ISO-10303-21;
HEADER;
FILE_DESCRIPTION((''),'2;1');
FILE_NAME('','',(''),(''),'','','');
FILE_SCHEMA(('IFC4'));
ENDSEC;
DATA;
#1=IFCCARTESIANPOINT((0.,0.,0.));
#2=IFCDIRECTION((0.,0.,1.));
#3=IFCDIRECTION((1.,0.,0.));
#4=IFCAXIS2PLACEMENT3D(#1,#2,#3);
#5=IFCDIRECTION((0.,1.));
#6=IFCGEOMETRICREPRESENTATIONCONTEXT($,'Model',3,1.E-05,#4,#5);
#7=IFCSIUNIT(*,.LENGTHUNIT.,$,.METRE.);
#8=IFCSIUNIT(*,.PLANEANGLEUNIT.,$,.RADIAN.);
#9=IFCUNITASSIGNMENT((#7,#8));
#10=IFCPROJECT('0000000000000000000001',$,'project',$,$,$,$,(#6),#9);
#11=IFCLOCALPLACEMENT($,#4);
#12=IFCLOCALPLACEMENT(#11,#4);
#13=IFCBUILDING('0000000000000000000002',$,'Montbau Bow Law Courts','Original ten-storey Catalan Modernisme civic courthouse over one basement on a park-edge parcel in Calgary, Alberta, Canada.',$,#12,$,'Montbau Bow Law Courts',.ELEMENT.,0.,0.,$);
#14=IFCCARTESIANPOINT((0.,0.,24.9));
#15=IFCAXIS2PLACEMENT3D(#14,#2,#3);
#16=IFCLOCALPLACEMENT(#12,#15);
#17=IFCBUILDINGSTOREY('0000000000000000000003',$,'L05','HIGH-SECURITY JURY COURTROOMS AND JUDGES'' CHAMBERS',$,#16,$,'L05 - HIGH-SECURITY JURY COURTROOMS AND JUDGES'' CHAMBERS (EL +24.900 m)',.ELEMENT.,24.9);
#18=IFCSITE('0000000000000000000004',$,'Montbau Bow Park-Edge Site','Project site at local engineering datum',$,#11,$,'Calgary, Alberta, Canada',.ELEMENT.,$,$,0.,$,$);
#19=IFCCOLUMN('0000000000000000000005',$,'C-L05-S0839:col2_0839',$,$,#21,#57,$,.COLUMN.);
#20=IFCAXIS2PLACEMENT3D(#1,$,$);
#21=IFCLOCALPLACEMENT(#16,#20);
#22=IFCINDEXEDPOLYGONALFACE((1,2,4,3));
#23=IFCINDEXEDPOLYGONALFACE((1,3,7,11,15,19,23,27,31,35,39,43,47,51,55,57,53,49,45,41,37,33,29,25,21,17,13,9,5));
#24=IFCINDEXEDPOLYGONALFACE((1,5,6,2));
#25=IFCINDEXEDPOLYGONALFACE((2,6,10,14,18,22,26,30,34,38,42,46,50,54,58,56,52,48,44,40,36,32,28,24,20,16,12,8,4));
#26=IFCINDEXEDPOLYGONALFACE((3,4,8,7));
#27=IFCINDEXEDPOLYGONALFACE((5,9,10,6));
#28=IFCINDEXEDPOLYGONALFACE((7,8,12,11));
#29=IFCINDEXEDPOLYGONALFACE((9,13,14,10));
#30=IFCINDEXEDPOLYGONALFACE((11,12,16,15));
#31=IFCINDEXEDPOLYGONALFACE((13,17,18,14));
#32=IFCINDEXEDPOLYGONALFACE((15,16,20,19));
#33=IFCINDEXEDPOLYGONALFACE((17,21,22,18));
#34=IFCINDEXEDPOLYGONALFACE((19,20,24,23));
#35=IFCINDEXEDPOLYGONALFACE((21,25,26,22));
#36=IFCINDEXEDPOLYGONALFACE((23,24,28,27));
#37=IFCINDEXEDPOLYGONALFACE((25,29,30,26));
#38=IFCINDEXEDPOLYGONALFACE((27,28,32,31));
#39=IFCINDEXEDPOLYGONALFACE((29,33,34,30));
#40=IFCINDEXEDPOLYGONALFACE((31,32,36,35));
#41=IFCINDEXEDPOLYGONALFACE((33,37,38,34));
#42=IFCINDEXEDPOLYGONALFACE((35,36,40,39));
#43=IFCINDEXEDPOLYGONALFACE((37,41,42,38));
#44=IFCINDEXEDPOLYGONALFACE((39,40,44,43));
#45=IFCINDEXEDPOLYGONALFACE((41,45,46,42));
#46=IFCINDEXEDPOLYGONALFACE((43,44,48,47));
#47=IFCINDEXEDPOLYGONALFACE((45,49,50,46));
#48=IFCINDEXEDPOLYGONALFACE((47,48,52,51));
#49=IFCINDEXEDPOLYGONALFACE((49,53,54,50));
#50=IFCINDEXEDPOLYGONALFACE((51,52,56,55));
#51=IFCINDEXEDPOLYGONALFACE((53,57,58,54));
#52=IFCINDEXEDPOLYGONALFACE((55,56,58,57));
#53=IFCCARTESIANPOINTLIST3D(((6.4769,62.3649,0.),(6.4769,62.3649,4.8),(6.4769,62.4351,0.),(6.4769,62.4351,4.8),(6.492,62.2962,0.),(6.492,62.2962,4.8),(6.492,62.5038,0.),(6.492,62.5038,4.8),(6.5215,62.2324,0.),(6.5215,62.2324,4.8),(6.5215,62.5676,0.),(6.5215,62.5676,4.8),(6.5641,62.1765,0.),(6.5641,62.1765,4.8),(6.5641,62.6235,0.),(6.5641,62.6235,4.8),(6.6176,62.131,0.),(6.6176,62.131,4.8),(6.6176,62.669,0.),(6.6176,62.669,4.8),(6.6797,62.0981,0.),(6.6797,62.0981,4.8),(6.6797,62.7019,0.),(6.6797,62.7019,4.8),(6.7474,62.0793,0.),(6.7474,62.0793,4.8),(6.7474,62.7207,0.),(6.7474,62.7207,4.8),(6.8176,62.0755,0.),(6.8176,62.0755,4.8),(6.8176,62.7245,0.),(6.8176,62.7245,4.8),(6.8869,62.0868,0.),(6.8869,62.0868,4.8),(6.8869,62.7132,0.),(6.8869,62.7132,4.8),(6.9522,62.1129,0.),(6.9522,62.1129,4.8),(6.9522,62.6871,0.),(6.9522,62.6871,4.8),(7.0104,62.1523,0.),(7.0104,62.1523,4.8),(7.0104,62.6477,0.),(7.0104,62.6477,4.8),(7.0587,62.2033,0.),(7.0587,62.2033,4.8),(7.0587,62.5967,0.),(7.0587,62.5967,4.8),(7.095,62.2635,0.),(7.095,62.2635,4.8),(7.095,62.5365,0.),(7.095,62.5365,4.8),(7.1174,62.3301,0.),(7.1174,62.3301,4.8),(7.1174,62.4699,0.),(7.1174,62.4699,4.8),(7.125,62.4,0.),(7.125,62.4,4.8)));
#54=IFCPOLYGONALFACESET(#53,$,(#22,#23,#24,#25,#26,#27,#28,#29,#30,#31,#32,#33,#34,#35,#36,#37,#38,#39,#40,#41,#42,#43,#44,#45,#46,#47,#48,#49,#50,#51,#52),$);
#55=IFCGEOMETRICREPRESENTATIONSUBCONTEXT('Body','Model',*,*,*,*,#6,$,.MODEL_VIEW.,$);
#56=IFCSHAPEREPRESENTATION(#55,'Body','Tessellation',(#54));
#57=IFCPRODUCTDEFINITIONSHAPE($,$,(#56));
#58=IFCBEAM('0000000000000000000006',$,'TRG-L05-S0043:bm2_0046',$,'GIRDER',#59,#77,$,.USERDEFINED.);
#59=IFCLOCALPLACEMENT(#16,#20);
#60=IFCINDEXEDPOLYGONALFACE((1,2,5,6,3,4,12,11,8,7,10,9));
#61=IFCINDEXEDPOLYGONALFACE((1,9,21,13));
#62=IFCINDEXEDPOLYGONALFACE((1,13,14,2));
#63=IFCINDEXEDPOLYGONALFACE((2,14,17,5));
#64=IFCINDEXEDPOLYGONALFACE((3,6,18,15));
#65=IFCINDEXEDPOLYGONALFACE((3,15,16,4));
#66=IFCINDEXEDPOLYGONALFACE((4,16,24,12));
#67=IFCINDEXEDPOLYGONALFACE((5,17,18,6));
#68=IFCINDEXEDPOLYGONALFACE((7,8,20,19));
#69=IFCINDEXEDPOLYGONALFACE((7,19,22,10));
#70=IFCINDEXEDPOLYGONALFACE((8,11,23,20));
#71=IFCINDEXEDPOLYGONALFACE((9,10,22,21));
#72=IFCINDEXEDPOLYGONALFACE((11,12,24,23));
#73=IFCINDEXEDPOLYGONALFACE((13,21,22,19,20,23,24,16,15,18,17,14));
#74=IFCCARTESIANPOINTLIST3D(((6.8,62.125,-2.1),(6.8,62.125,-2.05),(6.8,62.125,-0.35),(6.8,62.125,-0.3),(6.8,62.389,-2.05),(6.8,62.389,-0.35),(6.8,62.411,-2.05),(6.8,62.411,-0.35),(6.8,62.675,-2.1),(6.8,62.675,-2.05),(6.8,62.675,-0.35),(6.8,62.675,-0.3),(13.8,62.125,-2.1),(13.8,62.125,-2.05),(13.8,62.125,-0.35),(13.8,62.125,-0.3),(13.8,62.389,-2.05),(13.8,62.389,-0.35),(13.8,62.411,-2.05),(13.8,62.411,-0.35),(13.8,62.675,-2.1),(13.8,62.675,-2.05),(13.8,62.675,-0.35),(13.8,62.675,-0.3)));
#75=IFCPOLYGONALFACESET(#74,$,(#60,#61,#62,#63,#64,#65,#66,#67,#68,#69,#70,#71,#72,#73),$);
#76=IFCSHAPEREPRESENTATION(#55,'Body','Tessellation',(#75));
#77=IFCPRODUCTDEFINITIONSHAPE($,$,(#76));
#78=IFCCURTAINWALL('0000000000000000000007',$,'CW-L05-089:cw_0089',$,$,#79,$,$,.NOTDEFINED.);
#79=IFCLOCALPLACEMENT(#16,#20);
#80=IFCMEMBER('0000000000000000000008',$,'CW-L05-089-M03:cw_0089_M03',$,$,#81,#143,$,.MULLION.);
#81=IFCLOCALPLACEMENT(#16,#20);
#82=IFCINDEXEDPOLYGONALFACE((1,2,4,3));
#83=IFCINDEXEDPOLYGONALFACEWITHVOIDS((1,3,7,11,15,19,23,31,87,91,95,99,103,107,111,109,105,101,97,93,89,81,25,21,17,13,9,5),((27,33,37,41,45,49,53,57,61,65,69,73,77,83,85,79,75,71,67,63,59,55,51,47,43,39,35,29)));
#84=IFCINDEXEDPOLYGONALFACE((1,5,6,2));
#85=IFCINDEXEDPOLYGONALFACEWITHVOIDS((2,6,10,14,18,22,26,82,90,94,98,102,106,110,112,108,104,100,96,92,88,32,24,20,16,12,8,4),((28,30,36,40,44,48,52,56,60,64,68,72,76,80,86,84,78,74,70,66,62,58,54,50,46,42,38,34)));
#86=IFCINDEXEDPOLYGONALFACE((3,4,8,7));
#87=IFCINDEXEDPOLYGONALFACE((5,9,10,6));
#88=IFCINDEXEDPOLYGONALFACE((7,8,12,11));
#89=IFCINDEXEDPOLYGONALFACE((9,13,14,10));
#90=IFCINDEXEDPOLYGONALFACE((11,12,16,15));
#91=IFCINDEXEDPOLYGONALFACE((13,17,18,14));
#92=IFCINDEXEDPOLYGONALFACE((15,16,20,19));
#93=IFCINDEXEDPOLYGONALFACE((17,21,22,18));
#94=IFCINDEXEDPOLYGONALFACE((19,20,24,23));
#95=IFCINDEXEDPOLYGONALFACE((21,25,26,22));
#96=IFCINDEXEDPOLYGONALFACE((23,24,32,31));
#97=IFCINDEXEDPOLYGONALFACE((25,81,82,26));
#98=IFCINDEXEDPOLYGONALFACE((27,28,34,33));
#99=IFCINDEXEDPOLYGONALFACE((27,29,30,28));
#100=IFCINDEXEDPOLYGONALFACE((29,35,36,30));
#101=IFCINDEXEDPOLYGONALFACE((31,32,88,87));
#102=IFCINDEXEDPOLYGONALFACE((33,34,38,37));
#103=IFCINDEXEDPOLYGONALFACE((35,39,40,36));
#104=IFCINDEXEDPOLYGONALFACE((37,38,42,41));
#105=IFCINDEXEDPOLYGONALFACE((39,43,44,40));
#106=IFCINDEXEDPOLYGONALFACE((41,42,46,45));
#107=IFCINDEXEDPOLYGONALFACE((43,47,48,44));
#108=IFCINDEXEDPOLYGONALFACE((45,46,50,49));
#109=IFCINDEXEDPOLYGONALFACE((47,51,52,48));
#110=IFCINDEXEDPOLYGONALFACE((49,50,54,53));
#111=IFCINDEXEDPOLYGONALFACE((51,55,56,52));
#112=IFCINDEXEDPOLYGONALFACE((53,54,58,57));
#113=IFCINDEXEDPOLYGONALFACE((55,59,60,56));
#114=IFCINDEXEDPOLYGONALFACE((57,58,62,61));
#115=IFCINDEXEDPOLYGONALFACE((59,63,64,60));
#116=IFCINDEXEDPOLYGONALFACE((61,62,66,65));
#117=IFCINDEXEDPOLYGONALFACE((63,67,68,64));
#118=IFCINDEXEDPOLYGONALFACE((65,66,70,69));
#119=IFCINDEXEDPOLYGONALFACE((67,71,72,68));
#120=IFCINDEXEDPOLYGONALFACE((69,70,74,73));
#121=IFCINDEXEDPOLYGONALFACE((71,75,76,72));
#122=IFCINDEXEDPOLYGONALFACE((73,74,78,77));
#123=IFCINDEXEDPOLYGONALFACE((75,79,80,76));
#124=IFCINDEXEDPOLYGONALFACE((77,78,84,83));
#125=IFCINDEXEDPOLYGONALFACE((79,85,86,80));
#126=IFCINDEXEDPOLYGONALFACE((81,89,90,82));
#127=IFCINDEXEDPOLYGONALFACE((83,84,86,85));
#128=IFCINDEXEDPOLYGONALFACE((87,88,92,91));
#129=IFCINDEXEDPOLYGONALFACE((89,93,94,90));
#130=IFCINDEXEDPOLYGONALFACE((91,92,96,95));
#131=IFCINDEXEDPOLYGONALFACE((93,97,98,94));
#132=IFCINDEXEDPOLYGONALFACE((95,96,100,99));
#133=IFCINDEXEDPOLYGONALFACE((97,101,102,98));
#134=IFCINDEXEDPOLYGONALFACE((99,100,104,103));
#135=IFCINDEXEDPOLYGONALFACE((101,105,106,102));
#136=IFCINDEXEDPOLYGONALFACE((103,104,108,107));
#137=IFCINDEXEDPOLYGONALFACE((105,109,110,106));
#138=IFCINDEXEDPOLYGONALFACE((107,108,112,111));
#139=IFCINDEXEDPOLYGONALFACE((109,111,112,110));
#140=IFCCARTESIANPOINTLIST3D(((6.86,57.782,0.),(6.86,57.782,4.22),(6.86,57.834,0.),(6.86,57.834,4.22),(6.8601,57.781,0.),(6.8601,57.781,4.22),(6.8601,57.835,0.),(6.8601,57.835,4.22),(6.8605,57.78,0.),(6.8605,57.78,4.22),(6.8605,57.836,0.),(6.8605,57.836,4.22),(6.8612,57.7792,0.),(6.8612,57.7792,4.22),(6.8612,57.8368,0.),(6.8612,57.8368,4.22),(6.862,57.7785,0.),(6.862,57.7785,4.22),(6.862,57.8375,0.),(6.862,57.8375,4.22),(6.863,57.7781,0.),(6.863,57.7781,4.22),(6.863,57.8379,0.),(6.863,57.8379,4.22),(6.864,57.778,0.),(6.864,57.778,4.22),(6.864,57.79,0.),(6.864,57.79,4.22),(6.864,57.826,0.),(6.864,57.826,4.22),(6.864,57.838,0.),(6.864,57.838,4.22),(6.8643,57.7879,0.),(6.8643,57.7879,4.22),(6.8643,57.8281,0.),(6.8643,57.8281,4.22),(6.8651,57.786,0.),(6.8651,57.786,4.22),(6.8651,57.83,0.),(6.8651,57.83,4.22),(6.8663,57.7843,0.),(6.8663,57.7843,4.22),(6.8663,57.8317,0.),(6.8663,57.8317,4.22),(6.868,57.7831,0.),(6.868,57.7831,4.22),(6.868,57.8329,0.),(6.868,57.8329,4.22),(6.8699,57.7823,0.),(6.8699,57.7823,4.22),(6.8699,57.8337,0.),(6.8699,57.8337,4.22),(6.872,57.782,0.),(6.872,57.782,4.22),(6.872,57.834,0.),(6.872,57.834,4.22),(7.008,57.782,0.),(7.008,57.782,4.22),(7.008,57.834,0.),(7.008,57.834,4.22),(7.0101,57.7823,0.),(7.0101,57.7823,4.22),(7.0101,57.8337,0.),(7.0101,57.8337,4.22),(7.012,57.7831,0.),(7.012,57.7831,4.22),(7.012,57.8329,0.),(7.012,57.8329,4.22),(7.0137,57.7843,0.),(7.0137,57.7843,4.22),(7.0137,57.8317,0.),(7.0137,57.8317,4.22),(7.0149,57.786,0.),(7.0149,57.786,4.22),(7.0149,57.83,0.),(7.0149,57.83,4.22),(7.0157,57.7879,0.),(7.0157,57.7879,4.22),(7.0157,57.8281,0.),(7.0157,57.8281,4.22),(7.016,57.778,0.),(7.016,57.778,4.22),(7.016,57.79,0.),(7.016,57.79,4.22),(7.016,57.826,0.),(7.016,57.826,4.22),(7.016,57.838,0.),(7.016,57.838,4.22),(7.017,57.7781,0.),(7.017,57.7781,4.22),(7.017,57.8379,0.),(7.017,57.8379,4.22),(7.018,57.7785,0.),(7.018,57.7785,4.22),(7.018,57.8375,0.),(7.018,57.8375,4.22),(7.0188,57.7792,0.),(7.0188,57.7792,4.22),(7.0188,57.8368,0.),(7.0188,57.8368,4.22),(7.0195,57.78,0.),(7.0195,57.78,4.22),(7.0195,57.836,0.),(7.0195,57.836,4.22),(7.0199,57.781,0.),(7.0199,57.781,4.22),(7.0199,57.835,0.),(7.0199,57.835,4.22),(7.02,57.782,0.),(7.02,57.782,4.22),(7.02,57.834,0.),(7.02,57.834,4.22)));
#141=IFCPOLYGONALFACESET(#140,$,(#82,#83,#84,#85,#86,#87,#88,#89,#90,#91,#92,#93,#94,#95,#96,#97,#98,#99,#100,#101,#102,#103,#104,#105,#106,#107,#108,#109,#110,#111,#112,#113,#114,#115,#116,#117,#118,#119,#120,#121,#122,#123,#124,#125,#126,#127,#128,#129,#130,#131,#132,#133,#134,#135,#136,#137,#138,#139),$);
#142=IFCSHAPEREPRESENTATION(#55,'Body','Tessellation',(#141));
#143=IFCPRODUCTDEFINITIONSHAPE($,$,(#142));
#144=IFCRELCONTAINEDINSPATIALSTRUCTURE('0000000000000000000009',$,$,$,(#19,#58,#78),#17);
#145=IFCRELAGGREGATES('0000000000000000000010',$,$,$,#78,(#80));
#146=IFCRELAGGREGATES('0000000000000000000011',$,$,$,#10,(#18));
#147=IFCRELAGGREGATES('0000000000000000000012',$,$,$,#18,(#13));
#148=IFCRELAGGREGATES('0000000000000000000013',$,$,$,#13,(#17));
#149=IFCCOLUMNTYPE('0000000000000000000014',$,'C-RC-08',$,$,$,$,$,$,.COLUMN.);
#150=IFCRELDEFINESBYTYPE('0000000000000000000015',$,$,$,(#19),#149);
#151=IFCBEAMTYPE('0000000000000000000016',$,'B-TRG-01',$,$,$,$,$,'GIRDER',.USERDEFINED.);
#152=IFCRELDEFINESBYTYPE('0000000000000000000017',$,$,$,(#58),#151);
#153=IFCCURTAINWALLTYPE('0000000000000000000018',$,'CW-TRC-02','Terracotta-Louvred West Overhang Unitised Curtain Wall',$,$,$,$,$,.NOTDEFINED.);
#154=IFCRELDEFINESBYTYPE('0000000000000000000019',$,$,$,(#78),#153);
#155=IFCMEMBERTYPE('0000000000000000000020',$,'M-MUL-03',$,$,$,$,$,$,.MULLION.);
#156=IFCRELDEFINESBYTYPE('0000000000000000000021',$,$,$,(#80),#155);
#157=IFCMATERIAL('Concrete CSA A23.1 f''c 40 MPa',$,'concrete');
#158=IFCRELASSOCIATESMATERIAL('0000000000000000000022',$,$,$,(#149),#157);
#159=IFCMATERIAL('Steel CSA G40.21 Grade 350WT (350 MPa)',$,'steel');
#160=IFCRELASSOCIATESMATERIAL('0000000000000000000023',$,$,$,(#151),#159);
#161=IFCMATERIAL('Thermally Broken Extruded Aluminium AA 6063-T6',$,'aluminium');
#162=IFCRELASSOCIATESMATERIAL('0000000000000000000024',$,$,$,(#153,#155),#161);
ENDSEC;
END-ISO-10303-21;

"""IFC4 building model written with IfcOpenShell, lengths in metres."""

from ifc_helpers import new_model, si_unit, direction, frame, origin_with_axes, origin_2d_with_axis, place, context, subcontext, project, spatial, hollow_rectangle, circle, i_section, extrude, material, material_profile, profile_set, type_object, element, aggregate, save


model = new_model("IFC4")

# Units and contexts
model_context = context("Model", 3, precision=1e-05, world=origin_with_axes(), true_north=direction((0.0, 1.0)))
body_context = subcontext(model_context, "Body", "Model", "MODEL_VIEW")
ifc_project = project(units=[si_unit("LENGTHUNIT", "METRE"), si_unit("PLANEANGLEUNIT", "RADIAN")], contexts=[model_context])

# Site, building, storey
site_placement = place(None, origin_with_axes())
site = spatial("IfcSite", under=ifc_project, at=site_placement, Name="Montbau Bow Park-Edge Site", Description="Project site at local engineering datum", LongName="Calgary, Alberta, Canada", CompositionType="ELEMENT", RefElevation=0.0)
building_placement = place(site_placement, origin_with_axes())
building = spatial("IfcBuilding", under=site, at=building_placement, Name="Montbau Bow Law Courts", Description="Original ten-storey Catalan Modernisme civic courthouse over one basement on a park-edge parcel in Calgary, Alberta, Canada.", LongName="Montbau Bow Law Courts", CompositionType="ELEMENT", ElevationOfRefHeight=0.0, ElevationOfTerrain=0.0)
storey_placement = place(building_placement, frame((0.0, 0.0, 24.9), z_axis=(0.0, 0.0, 1.0), x_axis=(1.0, 0.0, 0.0)))
storey = spatial("IfcBuildingStorey", under=building, at=storey_placement, Name="L05", Description="HIGH-SECURITY JURY COURTROOMS AND JUDGES' CHAMBERS", LongName="L05 - HIGH-SECURITY JURY COURTROOMS AND JUDGES' CHAMBERS (EL +24.900 m)", CompositionType="ELEMENT", Elevation=24.9)

# Column
ifc_material_1 = material(Name="Concrete CSA A23.1 f'c 40 MPa", Category="concrete")
ifc_material_profile_1 = material_profile(ifc_material_1, circle(Radius=0.325, at=origin_2d_with_axis()), Name="RC650D", Category="Main", Priority=0)
ifc_profile_set_1 = profile_set([ifc_material_profile_1], Name="Concrete CSA A23.1 f'c 40 MPa")
column_type = type_object("IfcColumnType", Name="C-RC-08", PredefinedType="COLUMN", material=ifc_profile_set_1)
column_placement = place(None, frame((6.8, 62.4, 24.9), z_axis=(0.0, 0.0, 1.0), x_axis=(1.0, 0.0, 0.0)))
element("IfcColumn", 1, at=column_placement, inside=storey, type_object=column_type, Name="C-L05-S0839:col2_0839", PredefinedType="COLUMN", context=body_context, shape_type="SweptSolid", body=[
    extrude(circle(Radius=0.325, at=origin_2d_with_axis()), origin_with_axes(), (0.0, 0.0, 1.0), 4.8),
])

# Beam
ifc_material_2 = material(Name="Steel CSA G40.21 Grade 350WT (350 MPa)", Category="steel")
ifc_material_profile_2 = material_profile(ifc_material_2, i_section(OverallWidth=0.55, OverallDepth=1.8, WebThickness=0.022, FlangeThickness=0.05, at=origin_2d_with_axis()), Name="WWF1800X550", Category="Main", Priority=0)
ifc_profile_set_2 = profile_set([ifc_material_profile_2], Name="Steel CSA G40.21 Grade 350WT (350 MPa)")
beam_type = type_object("IfcBeamType", Name="B-TRG-01", ElementType="GIRDER", PredefinedType="USERDEFINED", material=ifc_profile_set_2)
beam_placement = place(None, frame((6.8, 62.4, 23.7), z_axis=(1.0, 0.0, 0.0), x_axis=(0.0, 1.0, 0.0)))
element("IfcBeam", 2, at=beam_placement, inside=storey, type_object=beam_type, Name="TRG-L05-S0043:bm2_0046", ObjectType="GIRDER", PredefinedType="USERDEFINED", context=body_context, shape_type="SweptSolid", body=[
    extrude(i_section(OverallWidth=0.55, OverallDepth=1.8, WebThickness=0.022, FlangeThickness=0.05, at=origin_2d_with_axis()), origin_with_axes(), (0.0, 0.0, 1.0), 7.0),
])

# Curtain wall, member
ifc_material_3 = material(Name="Thermally Broken Extruded Aluminium AA 6063-T6", Category="aluminium")
curtain_wall_type = type_object("IfcCurtainWallType", Name="CW-TRC-02", Description="Terracotta-Louvred West Overhang Unitised Curtain Wall", PredefinedType="NOTDEFINED", material=ifc_material_3)
curtain_wall_placement = place(None, frame((6.94, 55.04, 24.9), z_axis=(0.0, 0.0, 1.0), x_axis=(1.0, 0.0, 0.0)))
curtain_wall = element("IfcCurtainWall", 3, at=curtain_wall_placement, inside=storey, type_object=curtain_wall_type, Name="CW-L05-089:cw_0089", PredefinedType="NOTDEFINED")
ifc_material_profile_3 = material_profile(ifc_material_3, hollow_rectangle(XDim=0.06, YDim=0.16, WallThickness=0.004, InnerFilletRadius=0.008, OuterFilletRadius=0.004, at=origin_2d_with_axis()), Name="CWM-160X60", Category="Main", Priority=0)
ifc_profile_set_3 = profile_set([ifc_material_profile_3], Name="Thermally Broken Extruded Aluminium AA 6063-T6")
member_type_1 = type_object("IfcMemberType", Name="M-MUL-03", PredefinedType="MULLION", material=ifc_profile_set_3)
member_1_placement = place(None, frame((6.94, 57.808, 24.9), z_axis=(0.0, 0.0, 1.0), x_axis=(0.0, 1.0, 0.0)))
member_1 = element("IfcMember", 4, at=member_1_placement, type_object=member_type_1, Name="CW-L05-089-M03:cw_0089_M03", PredefinedType="MULLION", context=body_context, shape_type="SweptSolid", body=[
    extrude(hollow_rectangle(XDim=0.06, YDim=0.16, WallThickness=0.004, InnerFilletRadius=0.008, OuterFilletRadius=0.004, at=origin_2d_with_axis()), origin_with_axes(), (0.0, 0.0, 1.0), 4.22),
])

aggregate(curtain_wall, [member_1])

save(model, "model.ifc")
